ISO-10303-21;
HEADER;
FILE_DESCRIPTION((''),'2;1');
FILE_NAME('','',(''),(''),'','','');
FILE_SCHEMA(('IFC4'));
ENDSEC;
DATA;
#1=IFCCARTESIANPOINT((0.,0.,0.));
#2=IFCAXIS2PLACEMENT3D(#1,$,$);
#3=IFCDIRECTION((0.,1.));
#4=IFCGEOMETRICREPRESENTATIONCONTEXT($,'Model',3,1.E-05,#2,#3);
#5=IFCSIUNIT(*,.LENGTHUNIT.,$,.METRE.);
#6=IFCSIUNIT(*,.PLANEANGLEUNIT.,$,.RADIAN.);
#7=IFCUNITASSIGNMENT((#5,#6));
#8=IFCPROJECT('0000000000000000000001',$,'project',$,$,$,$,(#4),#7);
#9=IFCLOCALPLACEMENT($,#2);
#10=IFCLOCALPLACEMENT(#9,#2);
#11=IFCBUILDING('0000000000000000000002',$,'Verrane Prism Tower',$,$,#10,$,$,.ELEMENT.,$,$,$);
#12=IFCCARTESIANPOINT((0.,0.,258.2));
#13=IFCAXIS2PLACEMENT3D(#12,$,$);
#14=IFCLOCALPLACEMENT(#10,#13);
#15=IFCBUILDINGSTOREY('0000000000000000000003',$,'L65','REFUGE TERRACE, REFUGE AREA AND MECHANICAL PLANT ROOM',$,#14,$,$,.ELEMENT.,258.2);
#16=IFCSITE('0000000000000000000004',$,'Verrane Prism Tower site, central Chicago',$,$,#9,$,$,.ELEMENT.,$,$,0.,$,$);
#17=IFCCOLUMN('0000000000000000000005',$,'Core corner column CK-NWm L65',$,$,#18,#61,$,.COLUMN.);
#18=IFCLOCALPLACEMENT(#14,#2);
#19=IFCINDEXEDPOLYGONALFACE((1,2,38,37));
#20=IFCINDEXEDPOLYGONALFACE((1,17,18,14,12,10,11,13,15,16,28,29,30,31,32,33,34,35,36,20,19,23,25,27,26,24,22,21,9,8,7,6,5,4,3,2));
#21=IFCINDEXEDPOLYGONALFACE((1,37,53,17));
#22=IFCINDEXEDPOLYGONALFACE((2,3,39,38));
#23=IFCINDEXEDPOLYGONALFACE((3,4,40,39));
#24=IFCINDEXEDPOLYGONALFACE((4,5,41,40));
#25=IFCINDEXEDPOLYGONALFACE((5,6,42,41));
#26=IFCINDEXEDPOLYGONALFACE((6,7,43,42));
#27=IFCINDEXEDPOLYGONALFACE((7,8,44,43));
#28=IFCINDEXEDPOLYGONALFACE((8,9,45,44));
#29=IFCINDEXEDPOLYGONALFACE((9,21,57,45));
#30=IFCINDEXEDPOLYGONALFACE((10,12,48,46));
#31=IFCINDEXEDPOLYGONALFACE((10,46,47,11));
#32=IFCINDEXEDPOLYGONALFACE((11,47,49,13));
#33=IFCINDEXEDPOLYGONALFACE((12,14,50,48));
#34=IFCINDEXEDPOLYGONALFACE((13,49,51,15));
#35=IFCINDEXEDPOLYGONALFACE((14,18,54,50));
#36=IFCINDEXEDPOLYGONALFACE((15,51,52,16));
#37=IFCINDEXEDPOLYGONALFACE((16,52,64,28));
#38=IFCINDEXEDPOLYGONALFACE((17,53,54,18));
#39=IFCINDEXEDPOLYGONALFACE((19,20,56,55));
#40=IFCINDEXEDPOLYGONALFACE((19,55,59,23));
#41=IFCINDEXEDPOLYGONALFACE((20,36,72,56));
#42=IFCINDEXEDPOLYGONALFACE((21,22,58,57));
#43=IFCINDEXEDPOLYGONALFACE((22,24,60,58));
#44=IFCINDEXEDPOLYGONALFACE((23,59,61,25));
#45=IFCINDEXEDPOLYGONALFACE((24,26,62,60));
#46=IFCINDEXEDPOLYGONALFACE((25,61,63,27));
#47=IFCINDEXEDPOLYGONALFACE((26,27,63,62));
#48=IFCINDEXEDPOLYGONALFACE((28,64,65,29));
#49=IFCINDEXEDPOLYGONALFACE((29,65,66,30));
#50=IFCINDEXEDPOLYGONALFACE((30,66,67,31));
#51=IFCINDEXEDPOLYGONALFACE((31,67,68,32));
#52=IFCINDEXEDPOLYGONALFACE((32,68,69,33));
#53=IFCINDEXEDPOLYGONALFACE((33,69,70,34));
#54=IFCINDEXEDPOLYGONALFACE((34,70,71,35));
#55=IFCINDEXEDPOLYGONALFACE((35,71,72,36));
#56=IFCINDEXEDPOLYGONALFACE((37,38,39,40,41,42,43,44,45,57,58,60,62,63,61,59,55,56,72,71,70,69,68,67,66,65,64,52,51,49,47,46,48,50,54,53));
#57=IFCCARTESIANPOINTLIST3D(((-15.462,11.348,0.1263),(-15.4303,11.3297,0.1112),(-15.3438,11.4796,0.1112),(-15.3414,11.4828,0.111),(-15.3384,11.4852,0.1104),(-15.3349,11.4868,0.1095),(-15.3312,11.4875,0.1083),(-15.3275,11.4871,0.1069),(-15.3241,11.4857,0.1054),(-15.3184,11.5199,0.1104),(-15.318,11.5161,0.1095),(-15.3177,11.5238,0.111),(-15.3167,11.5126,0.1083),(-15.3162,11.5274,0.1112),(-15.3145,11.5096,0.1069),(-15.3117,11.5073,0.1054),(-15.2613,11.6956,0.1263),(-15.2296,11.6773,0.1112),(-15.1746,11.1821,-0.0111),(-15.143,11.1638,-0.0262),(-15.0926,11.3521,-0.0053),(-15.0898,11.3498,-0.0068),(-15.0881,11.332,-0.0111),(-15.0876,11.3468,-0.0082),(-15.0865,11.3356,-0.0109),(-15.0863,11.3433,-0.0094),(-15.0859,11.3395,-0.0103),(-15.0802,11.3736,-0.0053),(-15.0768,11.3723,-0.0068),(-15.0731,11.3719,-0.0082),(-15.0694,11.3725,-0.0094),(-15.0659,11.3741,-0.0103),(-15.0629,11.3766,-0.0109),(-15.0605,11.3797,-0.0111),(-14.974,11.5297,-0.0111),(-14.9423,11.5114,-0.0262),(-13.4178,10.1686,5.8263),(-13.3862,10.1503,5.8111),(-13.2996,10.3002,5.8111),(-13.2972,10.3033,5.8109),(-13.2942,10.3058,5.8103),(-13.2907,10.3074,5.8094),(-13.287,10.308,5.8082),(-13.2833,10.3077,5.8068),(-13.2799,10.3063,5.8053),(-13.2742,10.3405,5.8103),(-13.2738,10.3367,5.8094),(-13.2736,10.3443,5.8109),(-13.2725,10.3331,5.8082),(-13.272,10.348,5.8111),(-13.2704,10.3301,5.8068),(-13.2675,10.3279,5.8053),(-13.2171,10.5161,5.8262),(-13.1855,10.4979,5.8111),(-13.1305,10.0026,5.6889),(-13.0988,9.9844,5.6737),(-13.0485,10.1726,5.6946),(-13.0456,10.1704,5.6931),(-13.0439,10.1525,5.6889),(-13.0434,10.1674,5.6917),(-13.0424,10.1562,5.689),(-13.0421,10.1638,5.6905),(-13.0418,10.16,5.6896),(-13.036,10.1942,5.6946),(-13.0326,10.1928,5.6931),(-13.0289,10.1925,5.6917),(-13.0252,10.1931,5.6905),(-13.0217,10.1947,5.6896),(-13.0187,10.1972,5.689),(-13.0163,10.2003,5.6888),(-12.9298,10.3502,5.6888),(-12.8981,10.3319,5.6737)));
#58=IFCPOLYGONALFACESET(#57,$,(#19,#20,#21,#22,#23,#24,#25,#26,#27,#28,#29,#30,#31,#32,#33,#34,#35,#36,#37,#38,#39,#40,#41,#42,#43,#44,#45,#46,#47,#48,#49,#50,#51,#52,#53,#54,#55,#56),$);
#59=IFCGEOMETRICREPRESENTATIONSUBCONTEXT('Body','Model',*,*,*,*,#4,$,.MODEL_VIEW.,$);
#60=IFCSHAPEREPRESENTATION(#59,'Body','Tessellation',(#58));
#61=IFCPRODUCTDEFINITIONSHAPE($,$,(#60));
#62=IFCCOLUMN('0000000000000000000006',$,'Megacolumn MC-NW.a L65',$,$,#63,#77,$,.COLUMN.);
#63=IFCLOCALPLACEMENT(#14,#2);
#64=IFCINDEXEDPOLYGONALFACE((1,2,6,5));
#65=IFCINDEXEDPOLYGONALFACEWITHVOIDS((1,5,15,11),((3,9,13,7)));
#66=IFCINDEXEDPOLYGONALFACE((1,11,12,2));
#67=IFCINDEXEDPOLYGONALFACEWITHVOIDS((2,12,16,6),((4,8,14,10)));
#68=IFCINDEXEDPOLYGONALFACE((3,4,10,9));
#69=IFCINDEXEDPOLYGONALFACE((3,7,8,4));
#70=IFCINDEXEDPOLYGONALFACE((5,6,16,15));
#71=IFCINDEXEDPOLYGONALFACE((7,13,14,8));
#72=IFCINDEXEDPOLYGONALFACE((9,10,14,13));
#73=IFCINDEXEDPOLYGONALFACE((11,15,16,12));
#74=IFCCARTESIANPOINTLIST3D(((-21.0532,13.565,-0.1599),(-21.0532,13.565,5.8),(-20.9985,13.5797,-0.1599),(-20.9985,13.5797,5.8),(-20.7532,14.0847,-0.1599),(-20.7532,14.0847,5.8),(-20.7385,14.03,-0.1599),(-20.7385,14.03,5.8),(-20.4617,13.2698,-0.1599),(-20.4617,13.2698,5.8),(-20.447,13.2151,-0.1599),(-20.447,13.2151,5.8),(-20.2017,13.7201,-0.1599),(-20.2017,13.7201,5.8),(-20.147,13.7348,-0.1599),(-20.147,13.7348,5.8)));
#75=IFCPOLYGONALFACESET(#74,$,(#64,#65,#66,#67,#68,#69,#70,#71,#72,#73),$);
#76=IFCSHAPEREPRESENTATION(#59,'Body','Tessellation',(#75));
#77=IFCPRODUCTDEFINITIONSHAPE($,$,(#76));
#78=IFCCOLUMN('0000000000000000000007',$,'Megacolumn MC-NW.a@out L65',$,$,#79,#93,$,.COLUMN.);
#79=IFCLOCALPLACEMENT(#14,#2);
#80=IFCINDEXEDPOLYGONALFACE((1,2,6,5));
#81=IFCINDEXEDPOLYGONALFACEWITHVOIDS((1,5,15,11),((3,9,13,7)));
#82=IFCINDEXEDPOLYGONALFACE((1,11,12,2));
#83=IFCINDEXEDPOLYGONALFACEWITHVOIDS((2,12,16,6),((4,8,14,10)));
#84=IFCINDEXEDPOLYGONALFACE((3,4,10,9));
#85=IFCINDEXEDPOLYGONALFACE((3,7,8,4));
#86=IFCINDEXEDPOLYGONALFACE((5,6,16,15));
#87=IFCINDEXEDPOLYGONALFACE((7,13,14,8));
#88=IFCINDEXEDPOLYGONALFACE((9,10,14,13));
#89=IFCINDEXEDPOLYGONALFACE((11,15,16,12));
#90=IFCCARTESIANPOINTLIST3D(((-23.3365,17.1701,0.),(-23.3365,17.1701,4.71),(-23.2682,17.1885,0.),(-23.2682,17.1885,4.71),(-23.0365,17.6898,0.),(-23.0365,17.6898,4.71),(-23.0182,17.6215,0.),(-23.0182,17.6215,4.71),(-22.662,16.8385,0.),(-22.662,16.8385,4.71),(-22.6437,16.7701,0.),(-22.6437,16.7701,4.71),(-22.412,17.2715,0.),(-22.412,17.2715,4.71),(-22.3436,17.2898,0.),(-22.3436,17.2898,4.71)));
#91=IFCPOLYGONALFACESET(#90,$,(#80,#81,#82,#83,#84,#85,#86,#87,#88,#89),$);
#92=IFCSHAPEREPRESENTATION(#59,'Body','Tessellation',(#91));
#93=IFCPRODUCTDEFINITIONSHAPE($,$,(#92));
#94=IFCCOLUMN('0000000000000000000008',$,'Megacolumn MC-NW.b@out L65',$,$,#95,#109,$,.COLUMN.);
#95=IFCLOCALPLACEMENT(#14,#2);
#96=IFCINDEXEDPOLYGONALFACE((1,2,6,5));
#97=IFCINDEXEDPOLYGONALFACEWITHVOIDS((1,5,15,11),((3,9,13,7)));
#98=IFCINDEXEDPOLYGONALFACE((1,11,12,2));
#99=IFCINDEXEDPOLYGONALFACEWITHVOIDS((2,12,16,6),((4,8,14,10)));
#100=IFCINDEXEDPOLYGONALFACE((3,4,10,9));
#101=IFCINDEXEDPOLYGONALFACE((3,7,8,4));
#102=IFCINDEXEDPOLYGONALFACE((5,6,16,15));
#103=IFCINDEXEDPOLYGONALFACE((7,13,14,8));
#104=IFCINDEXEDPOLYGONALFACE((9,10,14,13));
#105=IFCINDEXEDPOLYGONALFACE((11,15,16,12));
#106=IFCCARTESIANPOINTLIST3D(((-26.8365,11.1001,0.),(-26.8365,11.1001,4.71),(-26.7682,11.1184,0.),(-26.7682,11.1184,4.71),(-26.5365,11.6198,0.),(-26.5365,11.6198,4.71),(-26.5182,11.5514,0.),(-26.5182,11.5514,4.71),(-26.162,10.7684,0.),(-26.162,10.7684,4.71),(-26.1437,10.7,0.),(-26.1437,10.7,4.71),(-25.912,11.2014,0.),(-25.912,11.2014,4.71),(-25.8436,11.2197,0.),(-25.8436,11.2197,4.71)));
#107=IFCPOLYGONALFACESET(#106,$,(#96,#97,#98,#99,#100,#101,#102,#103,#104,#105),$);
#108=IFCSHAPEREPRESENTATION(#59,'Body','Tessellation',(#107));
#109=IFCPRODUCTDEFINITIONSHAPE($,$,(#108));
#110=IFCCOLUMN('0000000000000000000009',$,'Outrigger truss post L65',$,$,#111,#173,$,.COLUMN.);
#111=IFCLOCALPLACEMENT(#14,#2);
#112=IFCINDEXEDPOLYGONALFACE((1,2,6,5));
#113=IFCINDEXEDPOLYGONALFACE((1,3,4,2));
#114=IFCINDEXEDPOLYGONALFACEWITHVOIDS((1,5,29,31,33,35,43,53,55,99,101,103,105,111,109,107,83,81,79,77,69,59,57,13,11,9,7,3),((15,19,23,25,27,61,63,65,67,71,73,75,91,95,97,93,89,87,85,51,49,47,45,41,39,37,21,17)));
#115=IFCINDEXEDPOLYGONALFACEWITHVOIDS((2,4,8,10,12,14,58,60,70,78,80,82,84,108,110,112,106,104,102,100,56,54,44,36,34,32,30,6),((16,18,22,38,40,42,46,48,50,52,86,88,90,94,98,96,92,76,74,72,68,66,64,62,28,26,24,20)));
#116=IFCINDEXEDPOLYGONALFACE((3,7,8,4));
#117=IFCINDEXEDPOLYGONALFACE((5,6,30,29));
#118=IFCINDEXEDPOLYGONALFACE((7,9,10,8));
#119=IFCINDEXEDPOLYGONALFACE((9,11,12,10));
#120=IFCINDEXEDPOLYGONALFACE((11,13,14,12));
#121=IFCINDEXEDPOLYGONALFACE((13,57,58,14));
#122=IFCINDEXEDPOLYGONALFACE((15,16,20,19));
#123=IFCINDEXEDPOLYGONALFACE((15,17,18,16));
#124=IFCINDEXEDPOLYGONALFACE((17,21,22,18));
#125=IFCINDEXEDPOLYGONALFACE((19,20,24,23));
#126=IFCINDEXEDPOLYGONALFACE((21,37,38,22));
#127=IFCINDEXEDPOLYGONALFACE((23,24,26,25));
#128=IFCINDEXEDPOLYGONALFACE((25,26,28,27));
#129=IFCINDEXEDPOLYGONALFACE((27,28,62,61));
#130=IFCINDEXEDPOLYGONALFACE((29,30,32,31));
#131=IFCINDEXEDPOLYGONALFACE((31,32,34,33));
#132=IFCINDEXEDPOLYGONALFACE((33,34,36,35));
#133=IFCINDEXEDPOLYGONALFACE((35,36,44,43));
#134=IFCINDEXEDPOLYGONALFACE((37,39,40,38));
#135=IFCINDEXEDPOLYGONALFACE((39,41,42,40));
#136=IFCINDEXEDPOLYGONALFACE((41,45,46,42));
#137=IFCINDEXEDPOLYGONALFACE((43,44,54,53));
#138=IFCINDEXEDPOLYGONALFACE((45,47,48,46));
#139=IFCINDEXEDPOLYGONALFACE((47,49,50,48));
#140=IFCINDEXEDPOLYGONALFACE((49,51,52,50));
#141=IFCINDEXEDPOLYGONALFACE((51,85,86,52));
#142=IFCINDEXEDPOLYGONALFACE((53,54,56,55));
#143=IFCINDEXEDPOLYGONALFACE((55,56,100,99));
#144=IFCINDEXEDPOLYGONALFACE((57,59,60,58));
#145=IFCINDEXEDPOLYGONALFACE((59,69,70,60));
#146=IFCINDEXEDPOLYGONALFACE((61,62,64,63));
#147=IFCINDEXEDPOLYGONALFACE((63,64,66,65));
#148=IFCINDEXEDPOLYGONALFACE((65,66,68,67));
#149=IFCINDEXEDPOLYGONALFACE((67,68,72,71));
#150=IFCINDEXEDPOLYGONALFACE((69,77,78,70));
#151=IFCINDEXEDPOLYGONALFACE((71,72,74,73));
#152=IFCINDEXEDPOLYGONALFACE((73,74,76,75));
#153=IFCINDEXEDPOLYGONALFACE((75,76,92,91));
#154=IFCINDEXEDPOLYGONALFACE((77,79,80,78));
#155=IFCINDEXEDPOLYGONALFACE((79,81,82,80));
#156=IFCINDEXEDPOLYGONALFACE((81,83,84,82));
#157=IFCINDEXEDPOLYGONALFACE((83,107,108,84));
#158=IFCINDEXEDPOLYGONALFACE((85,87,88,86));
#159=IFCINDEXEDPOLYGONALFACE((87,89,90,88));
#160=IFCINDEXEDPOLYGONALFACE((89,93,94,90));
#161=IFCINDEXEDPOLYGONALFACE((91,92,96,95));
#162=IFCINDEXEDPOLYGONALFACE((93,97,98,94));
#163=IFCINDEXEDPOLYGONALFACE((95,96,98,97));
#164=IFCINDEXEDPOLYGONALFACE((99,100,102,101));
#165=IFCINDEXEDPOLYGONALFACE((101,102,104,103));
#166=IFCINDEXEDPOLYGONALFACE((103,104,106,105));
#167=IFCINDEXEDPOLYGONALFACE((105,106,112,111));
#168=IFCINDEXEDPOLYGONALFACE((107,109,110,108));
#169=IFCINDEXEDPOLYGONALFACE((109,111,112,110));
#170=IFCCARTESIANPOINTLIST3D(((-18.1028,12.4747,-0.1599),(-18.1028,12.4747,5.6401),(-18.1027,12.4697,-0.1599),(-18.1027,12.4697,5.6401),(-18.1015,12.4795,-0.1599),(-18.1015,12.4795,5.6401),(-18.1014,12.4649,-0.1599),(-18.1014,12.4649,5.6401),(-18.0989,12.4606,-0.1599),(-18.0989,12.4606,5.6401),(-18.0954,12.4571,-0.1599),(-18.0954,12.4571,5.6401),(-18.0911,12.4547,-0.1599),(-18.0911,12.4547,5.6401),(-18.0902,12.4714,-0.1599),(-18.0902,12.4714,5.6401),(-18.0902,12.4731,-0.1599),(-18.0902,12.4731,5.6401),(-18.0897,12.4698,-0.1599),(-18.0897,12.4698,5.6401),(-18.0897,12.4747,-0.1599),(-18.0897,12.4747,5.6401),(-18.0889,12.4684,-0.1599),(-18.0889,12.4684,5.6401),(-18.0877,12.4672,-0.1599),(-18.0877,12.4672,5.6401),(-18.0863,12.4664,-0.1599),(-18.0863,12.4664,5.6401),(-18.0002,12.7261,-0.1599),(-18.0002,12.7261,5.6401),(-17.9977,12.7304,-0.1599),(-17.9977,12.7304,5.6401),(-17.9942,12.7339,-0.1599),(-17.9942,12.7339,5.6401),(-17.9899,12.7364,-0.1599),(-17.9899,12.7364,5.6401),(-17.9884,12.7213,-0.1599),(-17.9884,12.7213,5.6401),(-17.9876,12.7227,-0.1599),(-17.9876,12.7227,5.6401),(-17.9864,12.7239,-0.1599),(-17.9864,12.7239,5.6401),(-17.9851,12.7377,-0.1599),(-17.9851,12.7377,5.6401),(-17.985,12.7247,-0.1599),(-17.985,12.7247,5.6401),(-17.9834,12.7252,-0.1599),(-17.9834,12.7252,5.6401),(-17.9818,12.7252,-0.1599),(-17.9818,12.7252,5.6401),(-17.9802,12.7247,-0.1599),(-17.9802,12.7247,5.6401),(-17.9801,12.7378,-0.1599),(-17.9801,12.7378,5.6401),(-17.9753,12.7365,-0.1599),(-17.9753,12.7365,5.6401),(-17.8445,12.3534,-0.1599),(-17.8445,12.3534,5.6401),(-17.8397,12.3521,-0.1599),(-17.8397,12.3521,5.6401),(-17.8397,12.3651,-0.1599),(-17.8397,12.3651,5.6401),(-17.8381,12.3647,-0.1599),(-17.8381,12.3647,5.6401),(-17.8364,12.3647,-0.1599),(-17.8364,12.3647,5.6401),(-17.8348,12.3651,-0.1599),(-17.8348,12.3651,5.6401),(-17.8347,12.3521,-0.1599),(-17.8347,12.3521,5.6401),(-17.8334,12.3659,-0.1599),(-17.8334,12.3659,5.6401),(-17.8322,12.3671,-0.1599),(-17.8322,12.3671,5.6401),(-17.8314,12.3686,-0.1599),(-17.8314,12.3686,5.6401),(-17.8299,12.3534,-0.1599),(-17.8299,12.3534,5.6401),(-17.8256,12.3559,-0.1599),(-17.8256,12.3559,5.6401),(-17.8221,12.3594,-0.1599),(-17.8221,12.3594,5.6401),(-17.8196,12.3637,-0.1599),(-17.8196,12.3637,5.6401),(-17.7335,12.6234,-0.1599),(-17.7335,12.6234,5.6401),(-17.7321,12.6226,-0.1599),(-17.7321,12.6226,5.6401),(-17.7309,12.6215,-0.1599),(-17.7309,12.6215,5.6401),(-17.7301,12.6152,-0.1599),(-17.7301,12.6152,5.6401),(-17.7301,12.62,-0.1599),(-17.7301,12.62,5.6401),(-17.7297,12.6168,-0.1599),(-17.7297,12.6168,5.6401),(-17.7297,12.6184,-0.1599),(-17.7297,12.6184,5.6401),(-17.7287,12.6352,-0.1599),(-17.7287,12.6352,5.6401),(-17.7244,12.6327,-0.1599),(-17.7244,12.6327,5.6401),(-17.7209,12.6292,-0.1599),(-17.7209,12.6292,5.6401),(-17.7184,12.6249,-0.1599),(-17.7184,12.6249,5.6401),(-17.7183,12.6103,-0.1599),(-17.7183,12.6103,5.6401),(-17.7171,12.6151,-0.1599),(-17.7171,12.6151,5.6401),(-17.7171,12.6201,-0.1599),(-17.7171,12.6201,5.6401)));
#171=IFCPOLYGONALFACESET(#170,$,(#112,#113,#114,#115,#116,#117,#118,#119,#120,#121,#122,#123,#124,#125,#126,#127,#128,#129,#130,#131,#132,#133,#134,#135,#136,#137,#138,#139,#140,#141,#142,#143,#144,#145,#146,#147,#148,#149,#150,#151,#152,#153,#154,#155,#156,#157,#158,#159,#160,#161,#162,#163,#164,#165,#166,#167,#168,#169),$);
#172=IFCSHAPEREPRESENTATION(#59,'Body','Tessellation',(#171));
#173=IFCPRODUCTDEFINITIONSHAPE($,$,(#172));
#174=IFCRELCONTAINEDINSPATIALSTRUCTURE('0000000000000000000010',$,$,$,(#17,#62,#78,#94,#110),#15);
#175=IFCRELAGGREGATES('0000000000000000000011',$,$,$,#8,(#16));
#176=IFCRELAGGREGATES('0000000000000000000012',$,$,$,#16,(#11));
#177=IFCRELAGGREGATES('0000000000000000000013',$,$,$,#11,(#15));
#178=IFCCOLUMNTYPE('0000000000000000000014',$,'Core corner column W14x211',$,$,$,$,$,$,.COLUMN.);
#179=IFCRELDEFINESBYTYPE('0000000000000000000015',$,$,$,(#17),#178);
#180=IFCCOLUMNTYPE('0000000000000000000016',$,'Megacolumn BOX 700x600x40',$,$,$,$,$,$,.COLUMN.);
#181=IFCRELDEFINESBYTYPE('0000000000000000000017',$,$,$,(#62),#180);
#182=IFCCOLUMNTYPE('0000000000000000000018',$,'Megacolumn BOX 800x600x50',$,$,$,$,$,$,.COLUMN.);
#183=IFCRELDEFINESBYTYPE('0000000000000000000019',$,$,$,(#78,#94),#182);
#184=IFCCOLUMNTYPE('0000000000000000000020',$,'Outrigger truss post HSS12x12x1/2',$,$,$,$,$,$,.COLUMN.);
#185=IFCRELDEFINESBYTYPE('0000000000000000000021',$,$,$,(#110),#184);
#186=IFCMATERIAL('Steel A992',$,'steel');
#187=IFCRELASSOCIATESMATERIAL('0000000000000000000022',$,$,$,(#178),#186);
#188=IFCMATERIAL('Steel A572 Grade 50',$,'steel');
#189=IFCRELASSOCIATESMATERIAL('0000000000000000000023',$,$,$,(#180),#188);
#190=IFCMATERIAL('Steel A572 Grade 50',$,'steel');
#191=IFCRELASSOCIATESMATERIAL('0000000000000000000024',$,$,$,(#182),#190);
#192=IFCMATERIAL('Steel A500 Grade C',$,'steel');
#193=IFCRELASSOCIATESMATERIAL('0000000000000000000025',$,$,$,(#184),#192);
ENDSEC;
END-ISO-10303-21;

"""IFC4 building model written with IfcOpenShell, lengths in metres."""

from ifc_helpers import new_model, si_unit, direction, frame, origin, origin_2d, place, context, subcontext, project, spatial, hollow_rectangle, i_section, extrude, material, material_profile, profile_set, type_object, element, save


model = new_model("IFC4")

# Units and contexts
model_context = context("Model", 3, precision=1e-05, world=origin(), true_north=direction((0.0, 1.0)))
body_context = subcontext(model_context, "Body", "Model", "MODEL_VIEW")
ifc_project = project(units=[si_unit("LENGTHUNIT", "METRE"), si_unit("PLANEANGLEUNIT", "RADIAN")], contexts=[model_context])

# Site, building, storey
site_placement = place(None, origin())
site = spatial("IfcSite", under=ifc_project, at=site_placement, Name="Verrane Prism Tower site, central Chicago", CompositionType="ELEMENT", RefElevation=0.0)
building_placement = place(site_placement, origin())
building = spatial("IfcBuilding", under=site, at=building_placement, Name="Verrane Prism Tower", CompositionType="ELEMENT")
storey_placement = place(building_placement, frame((0.0, 0.0, 258.2)))
storey = spatial("IfcBuildingStorey", under=building, at=storey_placement, Name="L65", Description="REFUGE TERRACE, REFUGE AREA AND MECHANICAL PLANT ROOM", CompositionType="ELEMENT", Elevation=258.2)

# Columns
ifc_material_1 = material(Name="Steel A992", Category="steel")
ifc_material_profile_1 = material_profile(ifc_material_1, i_section(OverallWidth=0.4014, OverallDepth=0.3987, WebThickness=0.0249, FlangeThickness=0.0396, FilletRadius=0.0151, at=origin_2d()), Name="W14x211")
ifc_profile_set_1 = profile_set([ifc_material_profile_1], Name="Steel A992")
column_type_1 = type_object("IfcColumnType", Name="Core corner column W14x211", PredefinedType="COLUMN", material=ifc_profile_set_1)
column_1_placement = place(storey_placement, frame((-15.2021, 11.4297, 0.05), z_axis=(0.331353, -0.191182, 0.923934), x_axis=(0.500033, 0.866006, -0.000133)))
element("IfcColumn", 1, at=column_1_placement, inside=storey, type_object=column_type_1, Name="Core corner column CK-NWm L65", PredefinedType="COLUMN", context=body_context, shape_type="SweptSolid", body=[
    extrude(i_section(OverallWidth=0.4014, OverallDepth=0.3987, WebThickness=0.0249, FlangeThickness=0.0396, FilletRadius=0.0151, at=origin_2d()), origin(), (0.0, 0.0, 1.0), 6.1692),
])
ifc_material_2 = material(Name="Steel A572 Grade 50", Category="steel")
ifc_material_profile_2 = material_profile(ifc_material_2, hollow_rectangle(XDim=0.6001, YDim=0.7, WallThickness=0.04, at=origin_2d()), Name="BOX 700x600x40")
ifc_profile_set_2 = profile_set([ifc_material_profile_2], Name="Steel A572 Grade 50")
column_type_2 = type_object("IfcColumnType", Name="Megacolumn BOX 700x600x40", PredefinedType="COLUMN", material=ifc_profile_set_2)
column_2_placement = place(storey_placement, frame((-20.6001, 13.6499, -0.1599), z_axis=(0.0, 0.0, 1.0), x_axis=(0.5, 0.866025, 0.0)))
element("IfcColumn", 2, at=column_2_placement, inside=storey, type_object=column_type_2, Name="Megacolumn MC-NW.a L65", PredefinedType="COLUMN", context=body_context, shape_type="SweptSolid", body=[
    extrude(hollow_rectangle(XDim=0.6001, YDim=0.7, WallThickness=0.04, at=origin_2d()), origin(), (0.0, 0.0, 1.0), 5.96),
])
ifc_material_3 = material(Name="Steel A572 Grade 50", Category="steel")
ifc_material_profile_3 = material_profile(ifc_material_3, hollow_rectangle(XDim=0.6001, YDim=0.8, WallThickness=0.05, at=origin_2d()), Name="BOX 800x600x50")
ifc_profile_set_3 = profile_set([ifc_material_profile_3], Name="Steel A572 Grade 50")
column_type_3 = type_object("IfcColumnType", Name="Megacolumn BOX 800x600x50", PredefinedType="COLUMN", material=ifc_profile_set_3)
for number, where, z_axis, x_axis, name in (
    (3, (-22.8401, 17.23, 0.0), (0.0, 0.0, 1.0), (0.5, 0.866025, 0.0), "Megacolumn MC-NW.a@out L65"),
    (4, (-26.3401, 11.1599, 0.0), (0.0, 0.0, 1.0), (0.5, 0.866025, 0.0), "Megacolumn MC-NW.b@out L65"),
):
    element("IfcColumn", number, at=place(storey_placement, frame(where, z_axis=z_axis, x_axis=x_axis)), inside=storey, type_object=column_type_3, Name=name, PredefinedType="COLUMN", context=body_context, shape_type="SweptSolid", body=[
        extrude(hollow_rectangle(XDim=0.6001, YDim=0.8, WallThickness=0.05, at=origin_2d()), origin(), (0.0, 0.0, 1.0), 4.71),
    ])
ifc_material_4 = material(Name="Steel A500 Grade C", Category="steel")
ifc_material_profile_4 = material_profile(ifc_material_4, hollow_rectangle(XDim=0.3047, YDim=0.3047, WallThickness=0.0127, InnerFilletRadius=0.0063, OuterFilletRadius=0.019, at=origin_2d()), Name="HSS12x12x1/2")
ifc_profile_set_4 = profile_set([ifc_material_profile_4], Name="Steel A500 Grade C")
column_type_4 = type_object("IfcColumnType", Name="Outrigger truss post HSS12x12x1/2", PredefinedType="COLUMN", material=ifc_profile_set_4)
column_3_placement = place(storey_placement, frame((-17.9099, 12.5449, -0.1599), z_axis=(0.0, 0.0, 1.0), x_axis=(-0.379971, -0.924998, 0.0)))
element("IfcColumn", 5, at=column_3_placement, inside=storey, type_object=column_type_4, Name="Outrigger truss post L65", PredefinedType="COLUMN", context=body_context, shape_type="SweptSolid", body=[
    extrude(hollow_rectangle(XDim=0.3047, YDim=0.3047, WallThickness=0.0127, InnerFilletRadius=0.0063, OuterFilletRadius=0.019, at=origin_2d()), origin(), (0.0, 0.0, 1.0), 5.8),
])

save(model, "model.ifc")
